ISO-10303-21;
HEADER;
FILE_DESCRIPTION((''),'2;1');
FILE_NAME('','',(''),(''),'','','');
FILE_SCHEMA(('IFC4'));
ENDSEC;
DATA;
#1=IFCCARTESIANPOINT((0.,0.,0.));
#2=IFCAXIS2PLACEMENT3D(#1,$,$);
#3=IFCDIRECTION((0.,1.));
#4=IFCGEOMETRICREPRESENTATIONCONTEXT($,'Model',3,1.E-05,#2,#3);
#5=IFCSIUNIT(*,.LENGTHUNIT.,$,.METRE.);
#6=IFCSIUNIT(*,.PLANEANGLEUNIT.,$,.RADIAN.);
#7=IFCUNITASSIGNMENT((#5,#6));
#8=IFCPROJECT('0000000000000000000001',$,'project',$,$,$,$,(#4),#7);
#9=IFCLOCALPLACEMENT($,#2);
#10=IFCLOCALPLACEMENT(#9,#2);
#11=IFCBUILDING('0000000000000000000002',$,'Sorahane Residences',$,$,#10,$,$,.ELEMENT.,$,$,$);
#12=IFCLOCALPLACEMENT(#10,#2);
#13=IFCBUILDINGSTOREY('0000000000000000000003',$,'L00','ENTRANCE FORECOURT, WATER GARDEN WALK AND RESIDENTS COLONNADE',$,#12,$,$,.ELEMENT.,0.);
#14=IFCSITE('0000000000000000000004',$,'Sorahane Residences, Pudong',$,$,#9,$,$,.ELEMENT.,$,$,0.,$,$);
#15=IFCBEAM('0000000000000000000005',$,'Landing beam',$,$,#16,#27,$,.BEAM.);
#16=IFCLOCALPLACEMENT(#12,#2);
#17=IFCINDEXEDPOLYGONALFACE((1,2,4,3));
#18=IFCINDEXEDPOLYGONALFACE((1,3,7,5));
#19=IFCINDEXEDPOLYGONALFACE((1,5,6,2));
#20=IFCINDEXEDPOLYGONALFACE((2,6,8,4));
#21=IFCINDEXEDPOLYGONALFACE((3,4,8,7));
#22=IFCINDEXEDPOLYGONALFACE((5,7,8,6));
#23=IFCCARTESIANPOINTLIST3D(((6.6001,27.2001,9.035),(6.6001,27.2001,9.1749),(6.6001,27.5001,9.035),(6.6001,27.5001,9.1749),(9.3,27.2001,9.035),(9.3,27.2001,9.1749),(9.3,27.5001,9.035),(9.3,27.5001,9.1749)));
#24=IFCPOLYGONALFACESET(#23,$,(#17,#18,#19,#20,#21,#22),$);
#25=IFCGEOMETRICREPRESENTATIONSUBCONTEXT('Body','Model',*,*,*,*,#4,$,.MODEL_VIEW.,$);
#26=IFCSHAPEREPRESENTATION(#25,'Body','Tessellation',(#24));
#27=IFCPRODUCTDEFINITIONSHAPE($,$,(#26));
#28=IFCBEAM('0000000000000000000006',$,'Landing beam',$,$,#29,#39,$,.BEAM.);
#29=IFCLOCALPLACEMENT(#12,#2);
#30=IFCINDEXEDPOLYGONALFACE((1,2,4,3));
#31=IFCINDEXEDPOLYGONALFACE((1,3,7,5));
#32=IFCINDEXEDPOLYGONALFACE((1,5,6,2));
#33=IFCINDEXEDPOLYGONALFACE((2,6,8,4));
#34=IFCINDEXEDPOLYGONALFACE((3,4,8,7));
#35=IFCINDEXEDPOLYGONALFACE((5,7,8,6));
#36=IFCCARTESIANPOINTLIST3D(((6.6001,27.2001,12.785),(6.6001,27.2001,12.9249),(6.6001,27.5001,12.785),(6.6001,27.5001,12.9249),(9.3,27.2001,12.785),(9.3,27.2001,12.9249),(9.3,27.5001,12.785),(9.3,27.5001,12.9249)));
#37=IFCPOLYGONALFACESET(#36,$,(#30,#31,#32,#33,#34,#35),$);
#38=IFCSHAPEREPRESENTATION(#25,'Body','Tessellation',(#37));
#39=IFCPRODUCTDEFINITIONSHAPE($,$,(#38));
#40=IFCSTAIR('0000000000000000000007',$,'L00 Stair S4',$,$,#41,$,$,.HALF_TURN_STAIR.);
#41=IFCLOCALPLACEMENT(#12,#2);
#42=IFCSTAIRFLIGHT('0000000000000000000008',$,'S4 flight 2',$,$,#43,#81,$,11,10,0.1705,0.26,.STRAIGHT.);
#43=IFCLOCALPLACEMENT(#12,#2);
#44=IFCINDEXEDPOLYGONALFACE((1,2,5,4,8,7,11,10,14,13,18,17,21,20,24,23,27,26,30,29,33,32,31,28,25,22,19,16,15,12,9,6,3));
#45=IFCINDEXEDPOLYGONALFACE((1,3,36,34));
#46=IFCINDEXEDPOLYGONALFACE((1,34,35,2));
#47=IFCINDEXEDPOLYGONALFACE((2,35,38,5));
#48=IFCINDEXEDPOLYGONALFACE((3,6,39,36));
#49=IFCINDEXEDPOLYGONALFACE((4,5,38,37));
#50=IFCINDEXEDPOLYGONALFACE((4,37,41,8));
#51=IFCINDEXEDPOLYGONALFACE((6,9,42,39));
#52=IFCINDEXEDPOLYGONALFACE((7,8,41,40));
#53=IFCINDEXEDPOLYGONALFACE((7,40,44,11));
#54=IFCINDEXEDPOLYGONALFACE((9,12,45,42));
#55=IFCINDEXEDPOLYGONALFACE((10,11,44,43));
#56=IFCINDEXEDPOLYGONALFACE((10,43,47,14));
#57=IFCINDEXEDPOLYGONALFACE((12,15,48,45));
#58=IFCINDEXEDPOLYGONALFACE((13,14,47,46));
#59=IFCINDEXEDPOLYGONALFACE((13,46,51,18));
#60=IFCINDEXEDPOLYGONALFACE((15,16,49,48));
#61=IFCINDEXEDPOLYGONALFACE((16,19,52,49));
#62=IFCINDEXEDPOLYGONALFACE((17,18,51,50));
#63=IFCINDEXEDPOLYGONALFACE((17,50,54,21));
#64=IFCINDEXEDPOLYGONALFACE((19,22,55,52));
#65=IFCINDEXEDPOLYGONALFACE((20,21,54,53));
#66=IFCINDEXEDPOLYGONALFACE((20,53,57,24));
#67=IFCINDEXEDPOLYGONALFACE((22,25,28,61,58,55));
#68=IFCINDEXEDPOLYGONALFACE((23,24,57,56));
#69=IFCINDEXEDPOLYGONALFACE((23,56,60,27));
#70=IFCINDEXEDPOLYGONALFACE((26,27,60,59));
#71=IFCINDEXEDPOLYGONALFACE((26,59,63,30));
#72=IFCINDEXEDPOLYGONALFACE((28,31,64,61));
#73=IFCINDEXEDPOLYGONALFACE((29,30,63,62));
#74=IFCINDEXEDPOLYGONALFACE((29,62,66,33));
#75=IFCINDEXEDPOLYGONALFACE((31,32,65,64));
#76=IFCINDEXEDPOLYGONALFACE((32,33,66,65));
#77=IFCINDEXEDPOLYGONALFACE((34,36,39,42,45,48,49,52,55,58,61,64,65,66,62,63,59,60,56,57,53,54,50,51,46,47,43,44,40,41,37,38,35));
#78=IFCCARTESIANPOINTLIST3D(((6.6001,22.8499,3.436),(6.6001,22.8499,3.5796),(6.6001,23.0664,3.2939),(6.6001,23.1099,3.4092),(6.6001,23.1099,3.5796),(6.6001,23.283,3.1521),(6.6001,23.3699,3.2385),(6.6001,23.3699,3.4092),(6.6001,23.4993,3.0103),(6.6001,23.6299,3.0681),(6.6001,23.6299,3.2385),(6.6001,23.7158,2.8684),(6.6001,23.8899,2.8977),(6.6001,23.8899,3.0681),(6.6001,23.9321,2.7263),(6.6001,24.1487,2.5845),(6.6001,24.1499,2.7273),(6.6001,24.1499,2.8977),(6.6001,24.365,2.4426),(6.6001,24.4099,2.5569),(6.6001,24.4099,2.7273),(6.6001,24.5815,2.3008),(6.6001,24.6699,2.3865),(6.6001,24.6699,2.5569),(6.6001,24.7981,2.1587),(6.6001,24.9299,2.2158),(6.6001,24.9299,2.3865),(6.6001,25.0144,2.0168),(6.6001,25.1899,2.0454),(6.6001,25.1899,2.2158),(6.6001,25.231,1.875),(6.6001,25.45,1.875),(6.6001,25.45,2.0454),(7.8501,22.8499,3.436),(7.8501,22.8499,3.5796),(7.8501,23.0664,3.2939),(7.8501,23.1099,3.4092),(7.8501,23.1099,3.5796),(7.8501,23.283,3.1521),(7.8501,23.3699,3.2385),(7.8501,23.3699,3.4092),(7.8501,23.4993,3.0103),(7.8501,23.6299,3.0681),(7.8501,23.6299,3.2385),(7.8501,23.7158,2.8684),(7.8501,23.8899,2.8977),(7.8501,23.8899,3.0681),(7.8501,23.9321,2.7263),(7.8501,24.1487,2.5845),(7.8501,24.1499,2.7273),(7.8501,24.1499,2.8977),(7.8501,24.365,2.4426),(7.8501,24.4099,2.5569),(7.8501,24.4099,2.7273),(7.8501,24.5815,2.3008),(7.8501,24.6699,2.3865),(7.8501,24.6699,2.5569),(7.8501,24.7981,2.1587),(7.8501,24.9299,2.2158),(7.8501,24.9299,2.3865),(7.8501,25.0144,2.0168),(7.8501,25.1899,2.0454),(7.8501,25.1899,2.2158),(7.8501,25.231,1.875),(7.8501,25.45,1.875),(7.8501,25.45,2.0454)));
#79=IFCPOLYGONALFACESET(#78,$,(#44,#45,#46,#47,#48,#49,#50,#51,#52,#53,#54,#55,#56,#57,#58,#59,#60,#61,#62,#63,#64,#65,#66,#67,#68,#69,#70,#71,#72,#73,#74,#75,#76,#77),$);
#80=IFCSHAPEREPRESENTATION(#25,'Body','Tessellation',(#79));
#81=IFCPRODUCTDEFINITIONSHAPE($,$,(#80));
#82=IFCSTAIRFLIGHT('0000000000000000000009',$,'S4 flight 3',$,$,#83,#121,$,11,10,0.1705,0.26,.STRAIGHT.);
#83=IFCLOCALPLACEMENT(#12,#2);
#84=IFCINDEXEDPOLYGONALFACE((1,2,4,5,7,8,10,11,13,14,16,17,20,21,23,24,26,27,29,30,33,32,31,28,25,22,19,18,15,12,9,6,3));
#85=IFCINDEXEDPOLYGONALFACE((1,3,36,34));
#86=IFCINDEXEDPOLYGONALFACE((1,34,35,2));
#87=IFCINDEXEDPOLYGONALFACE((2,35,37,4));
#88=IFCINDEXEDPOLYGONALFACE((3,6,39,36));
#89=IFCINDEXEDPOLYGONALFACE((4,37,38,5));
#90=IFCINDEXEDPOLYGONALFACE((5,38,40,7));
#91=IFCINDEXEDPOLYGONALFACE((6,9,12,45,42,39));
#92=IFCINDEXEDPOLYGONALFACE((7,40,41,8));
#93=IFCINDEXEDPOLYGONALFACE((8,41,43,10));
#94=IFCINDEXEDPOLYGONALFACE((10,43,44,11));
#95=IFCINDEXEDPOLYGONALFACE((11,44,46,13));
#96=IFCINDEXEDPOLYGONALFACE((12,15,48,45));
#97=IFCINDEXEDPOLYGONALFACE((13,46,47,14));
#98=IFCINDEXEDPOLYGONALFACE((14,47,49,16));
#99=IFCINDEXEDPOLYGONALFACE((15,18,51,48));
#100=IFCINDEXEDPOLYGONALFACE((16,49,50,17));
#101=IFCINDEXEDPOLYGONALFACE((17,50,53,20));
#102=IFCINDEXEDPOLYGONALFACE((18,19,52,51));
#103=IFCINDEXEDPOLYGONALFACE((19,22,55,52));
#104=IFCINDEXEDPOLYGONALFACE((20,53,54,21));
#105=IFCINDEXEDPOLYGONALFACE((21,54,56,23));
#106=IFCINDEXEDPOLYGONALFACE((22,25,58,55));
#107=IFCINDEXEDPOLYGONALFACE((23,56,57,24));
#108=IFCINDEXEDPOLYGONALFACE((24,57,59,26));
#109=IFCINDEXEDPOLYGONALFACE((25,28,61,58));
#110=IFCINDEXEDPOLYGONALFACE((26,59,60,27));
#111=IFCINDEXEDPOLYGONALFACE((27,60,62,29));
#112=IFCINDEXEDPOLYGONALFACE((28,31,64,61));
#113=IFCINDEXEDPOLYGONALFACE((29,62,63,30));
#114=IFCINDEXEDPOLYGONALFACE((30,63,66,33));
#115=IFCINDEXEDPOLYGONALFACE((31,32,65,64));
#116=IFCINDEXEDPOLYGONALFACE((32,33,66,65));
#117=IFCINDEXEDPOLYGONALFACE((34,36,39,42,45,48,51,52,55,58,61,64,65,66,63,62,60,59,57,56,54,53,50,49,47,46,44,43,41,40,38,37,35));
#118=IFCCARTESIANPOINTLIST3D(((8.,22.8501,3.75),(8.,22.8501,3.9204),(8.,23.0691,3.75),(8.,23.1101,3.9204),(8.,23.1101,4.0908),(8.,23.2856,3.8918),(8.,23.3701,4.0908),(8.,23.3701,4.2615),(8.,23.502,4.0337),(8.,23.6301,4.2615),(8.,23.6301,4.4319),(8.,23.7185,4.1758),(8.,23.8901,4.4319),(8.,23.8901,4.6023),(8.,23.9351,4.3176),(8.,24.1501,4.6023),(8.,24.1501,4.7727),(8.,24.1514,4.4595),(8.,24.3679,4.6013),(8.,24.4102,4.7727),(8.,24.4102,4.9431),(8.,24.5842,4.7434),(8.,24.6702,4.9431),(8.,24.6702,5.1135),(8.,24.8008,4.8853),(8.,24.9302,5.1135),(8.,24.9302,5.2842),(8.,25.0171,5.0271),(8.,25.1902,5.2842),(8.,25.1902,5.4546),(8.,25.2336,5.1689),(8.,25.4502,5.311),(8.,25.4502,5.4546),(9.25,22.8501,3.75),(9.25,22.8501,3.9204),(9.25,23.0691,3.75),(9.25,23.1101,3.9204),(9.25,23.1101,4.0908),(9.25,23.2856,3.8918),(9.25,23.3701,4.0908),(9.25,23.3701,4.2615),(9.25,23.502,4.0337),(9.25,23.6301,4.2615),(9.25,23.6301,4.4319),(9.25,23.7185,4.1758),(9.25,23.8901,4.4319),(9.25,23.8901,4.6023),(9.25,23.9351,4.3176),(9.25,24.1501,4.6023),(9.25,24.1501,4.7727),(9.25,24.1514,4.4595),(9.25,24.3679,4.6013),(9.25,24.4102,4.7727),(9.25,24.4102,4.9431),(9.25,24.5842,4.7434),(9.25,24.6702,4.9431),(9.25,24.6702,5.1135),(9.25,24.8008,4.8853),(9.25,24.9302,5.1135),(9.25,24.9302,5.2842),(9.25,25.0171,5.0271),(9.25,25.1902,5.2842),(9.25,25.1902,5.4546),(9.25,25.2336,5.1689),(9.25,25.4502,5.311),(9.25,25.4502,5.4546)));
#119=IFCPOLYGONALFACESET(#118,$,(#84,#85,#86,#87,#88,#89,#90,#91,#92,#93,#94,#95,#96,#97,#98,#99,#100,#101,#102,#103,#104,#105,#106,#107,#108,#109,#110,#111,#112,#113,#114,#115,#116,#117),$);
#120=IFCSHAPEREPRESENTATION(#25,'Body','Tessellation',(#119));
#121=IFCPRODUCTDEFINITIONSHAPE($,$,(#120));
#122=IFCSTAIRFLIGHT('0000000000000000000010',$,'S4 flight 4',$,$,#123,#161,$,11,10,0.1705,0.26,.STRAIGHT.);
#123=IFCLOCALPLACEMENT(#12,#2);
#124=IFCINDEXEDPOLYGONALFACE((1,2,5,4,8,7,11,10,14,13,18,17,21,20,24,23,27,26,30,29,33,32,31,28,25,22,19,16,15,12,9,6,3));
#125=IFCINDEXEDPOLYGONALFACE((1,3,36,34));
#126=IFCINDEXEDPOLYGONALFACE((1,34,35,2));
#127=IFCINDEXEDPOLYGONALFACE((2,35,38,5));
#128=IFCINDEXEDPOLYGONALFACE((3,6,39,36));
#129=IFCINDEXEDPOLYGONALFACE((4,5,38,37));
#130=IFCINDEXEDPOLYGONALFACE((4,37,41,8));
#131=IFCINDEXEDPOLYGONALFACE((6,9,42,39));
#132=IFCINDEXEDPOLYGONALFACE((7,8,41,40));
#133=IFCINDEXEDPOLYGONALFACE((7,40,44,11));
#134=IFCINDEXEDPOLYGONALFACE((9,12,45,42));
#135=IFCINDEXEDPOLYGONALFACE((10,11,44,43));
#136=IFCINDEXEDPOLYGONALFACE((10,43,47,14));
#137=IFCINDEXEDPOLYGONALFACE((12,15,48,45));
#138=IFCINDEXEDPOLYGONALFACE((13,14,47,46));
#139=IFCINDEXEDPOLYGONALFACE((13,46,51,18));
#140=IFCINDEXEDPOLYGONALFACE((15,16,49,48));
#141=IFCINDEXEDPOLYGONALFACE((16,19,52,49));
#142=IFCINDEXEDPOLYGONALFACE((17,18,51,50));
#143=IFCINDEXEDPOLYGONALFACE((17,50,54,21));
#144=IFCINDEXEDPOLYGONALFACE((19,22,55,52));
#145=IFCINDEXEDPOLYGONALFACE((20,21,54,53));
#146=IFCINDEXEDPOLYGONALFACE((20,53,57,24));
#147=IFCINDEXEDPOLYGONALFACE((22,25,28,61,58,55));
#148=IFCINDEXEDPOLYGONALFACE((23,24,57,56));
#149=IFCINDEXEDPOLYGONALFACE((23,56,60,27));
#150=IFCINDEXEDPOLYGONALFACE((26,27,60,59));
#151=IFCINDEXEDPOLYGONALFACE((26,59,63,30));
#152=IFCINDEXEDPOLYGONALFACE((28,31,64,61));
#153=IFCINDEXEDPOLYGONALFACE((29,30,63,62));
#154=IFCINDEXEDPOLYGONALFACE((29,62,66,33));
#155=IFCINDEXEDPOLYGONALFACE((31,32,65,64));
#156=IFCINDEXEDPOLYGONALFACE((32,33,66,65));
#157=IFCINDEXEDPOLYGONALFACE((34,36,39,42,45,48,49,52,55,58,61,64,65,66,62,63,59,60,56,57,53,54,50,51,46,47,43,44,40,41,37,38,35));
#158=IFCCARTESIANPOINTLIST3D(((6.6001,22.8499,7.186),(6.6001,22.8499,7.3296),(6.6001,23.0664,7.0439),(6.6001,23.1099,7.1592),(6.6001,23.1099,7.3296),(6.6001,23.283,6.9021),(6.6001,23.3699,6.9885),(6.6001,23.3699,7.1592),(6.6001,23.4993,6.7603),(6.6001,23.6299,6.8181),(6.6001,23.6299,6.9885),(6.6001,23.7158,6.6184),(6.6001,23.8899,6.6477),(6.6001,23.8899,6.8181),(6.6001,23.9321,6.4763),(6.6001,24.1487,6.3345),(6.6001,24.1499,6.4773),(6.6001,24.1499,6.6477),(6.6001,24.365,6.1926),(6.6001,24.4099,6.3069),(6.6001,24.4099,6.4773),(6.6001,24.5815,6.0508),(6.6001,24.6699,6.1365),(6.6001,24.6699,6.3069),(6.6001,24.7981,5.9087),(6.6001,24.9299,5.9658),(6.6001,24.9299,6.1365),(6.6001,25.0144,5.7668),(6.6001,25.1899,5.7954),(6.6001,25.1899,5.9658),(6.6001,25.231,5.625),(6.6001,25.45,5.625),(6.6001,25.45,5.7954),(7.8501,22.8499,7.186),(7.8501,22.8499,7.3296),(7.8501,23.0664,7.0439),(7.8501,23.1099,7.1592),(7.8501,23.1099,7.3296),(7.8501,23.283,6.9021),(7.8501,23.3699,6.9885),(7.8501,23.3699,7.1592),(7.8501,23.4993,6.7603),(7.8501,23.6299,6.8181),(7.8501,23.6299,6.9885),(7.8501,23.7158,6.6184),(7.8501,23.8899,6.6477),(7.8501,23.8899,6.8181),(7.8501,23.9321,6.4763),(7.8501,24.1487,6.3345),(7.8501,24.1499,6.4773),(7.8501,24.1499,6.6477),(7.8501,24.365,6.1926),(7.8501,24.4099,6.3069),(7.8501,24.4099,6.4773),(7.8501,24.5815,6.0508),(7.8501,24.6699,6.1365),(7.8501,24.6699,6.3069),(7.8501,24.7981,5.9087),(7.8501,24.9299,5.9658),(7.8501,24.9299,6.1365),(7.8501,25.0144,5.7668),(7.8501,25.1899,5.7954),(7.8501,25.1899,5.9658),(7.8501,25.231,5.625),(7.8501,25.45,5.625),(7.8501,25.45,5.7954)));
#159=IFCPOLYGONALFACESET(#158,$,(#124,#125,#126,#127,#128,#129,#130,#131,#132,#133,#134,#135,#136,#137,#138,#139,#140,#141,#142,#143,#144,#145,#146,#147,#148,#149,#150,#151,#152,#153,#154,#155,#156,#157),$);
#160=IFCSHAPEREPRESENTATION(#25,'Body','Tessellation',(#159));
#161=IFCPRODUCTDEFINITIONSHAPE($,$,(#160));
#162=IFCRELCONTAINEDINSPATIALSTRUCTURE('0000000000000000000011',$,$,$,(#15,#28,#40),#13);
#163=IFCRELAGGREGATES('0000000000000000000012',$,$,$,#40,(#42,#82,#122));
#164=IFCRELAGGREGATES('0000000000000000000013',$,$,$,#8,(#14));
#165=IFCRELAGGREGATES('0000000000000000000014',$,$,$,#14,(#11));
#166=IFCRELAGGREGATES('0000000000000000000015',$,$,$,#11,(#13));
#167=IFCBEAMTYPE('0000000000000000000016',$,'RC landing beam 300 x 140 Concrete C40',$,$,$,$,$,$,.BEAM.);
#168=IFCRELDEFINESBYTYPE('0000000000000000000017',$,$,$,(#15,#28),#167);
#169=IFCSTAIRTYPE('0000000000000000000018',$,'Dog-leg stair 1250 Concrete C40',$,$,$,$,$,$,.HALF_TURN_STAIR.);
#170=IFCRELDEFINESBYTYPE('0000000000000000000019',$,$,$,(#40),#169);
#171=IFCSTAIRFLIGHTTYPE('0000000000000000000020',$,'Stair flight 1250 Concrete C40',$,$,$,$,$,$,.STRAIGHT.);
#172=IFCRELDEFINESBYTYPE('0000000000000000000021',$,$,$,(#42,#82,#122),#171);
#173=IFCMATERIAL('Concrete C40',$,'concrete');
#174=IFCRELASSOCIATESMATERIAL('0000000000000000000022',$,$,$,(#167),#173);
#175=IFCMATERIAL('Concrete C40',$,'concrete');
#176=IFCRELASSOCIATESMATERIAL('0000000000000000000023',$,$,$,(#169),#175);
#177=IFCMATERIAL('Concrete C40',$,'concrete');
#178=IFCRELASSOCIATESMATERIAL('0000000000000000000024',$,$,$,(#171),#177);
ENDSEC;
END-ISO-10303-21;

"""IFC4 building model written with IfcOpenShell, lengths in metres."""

from ifc_helpers import new_model, si_unit, direction, frame, origin, origin_2d, place, context, subcontext, project, spatial, polyline, rectangle, outline, extrude, material, material_profile, profile_set, type_object, element, aggregate, save


model = new_model("IFC4")

# Units and contexts
model_context = context("Model", 3, precision=1e-05, world=origin(), true_north=direction((0.0, 1.0)))
body_context = subcontext(model_context, "Body", "Model", "MODEL_VIEW")
ifc_project = project(units=[si_unit("LENGTHUNIT", "METRE"), si_unit("PLANEANGLEUNIT", "RADIAN")], contexts=[model_context])

# Site, building, storey
site_placement = place(None, origin())
site = spatial("IfcSite", under=ifc_project, at=site_placement, Name="Sorahane Residences, Pudong", CompositionType="ELEMENT", RefElevation=0.0)
building_placement = place(site_placement, origin())
building = spatial("IfcBuilding", under=site, at=building_placement, Name="Sorahane Residences", CompositionType="ELEMENT")
storey_placement = place(building_placement, origin())
storey = spatial("IfcBuildingStorey", under=building, at=storey_placement, Name="L00", Description="ENTRANCE FORECOURT, WATER GARDEN WALK AND RESIDENTS COLONNADE", CompositionType="ELEMENT", Elevation=0.0)

# Beams
ifc_material_1 = material(Name="Concrete C40", Category="concrete")
ifc_material_profile = material_profile(ifc_material_1, rectangle(XDim=0.3, YDim=0.1399, at=origin_2d()), Name="300x140")
ifc_profile_set = profile_set([ifc_material_profile], Name="Concrete C40")
beam_type = type_object("IfcBeamType", Name="RC landing beam 300 x 140 Concrete C40", PredefinedType="BEAM", material=ifc_profile_set)
for number, where, z_axis, x_axis, name in (
    (1, (6.6001, 27.3501, 9.105), (1.0, 0.0, 0.0), (0.0, 1.0, 0.0), "Landing beam"),
    (2, (6.6001, 27.3501, 12.855), (1.0, 0.0, 0.0), (0.0, 1.0, 0.0), "Landing beam"),
):
    element("IfcBeam", number, at=place(storey_placement, frame(where, z_axis=z_axis, x_axis=x_axis)), inside=storey, type_object=beam_type, Name=name, PredefinedType="BEAM", context=body_context, shape_type="SweptSolid", body=[
        extrude(rectangle(XDim=0.3, YDim=0.1399, at=origin_2d()), origin(), (0.0, 0.0, 1.0), 2.7),
    ])

# Stair, stair flights
ifc_material_2 = material(Name="Concrete C40", Category="concrete")
stair_type = type_object("IfcStairType", Name="Dog-leg stair 1250 Concrete C40", PredefinedType="HALF_TURN_STAIR", material=ifc_material_2)
stair_placement = place(storey_placement, origin())
stair = element("IfcStair", 3, at=stair_placement, inside=storey, type_object=stair_type, Name="L00 Stair S4", PredefinedType="HALF_TURN_STAIR")
ifc_material_3 = material(Name="Concrete C40", Category="concrete")
stair_flight_type = type_object("IfcStairFlightType", Name="Stair flight 1250 Concrete C40", PredefinedType="STRAIGHT", material=ifc_material_3)
stair_flight_1_placement = place(storey_placement, frame((7.2251, 25.45, 1.875), z_axis=(0.0, 0.0, 1.0), x_axis=(0.0, -1.0, 0.0)))
stair_flight_1 = element("IfcStairFlight", 4, at=stair_flight_1_placement, type_object=stair_flight_type, Name="S4 flight 2", NumberOfRisers=11, NumberOfTreads=10, PredefinedType="STRAIGHT", RiserHeight=0.1705, TreadLength=0.26, context=body_context, shape_type="SweptSolid", body=[
    extrude(outline(polyline([(0.0, 0.0), (0.0, 0.1704), (0.26, 0.1704), (0.26, 0.3408), (0.52, 0.3408), (0.52, 0.5115), (0.78, 0.5115), (0.78, 0.6819), (1.04, 0.6819), (1.04, 0.8523), (1.3, 0.8523), (1.3, 1.0227), (1.5601, 1.0227), (1.5601, 1.1931), (1.8201, 1.1931), (1.8201, 1.3635), (2.0801, 1.3635), (2.0801, 1.5342), (2.3401, 1.5342), (2.3401, 1.7046), (2.6001, 1.7046), (2.6001, 1.875), (2.6001, 1.561), (2.3835, 1.4189), (2.167, 1.2771), (1.9507, 1.1353), (1.7341, 0.9934), (1.5178, 0.8513), (1.3013, 0.7095), (1.085, 0.5676), (0.8684, 0.4258), (0.6519, 0.2837), (0.4355, 0.1418), (0.219, 0.0), (0.0, 0.0)])), frame((0.0, 0.625, 0.0), z_axis=(0.0, -1.0, 0.0), x_axis=(1.0, 0.0, 0.0)), (0.0, 0.0, 1.0), 1.25),
])
stair_flight_2_placement = place(storey_placement, frame((8.625, 22.8501, 3.75), z_axis=(0.0, 0.0, 1.0), x_axis=(0.0, 1.0, 0.0)))
stair_flight_2 = element("IfcStairFlight", 5, at=stair_flight_2_placement, type_object=stair_flight_type, Name="S4 flight 3", NumberOfRisers=11, NumberOfTreads=10, PredefinedType="STRAIGHT", RiserHeight=0.1705, TreadLength=0.26, context=body_context, shape_type="SweptSolid", body=[
    extrude(outline(polyline([(0.0, 0.0), (0.0, 0.1704), (0.26, 0.1704), (0.26, 0.3408), (0.52, 0.3408), (0.52, 0.5115), (0.78, 0.5115), (0.78, 0.6819), (1.04, 0.6819), (1.04, 0.8523), (1.3, 0.8523), (1.3, 1.0227), (1.5601, 1.0227), (1.5601, 1.1931), (1.8201, 1.1931), (1.8201, 1.3635), (2.0801, 1.3635), (2.0801, 1.5342), (2.3401, 1.5342), (2.3401, 1.7046), (2.6001, 1.7046), (2.6001, 1.875), (2.6001, 1.561), (2.3835, 1.4189), (2.167, 1.2771), (1.9507, 1.1353), (1.7341, 0.9934), (1.5178, 0.8513), (1.3013, 0.7095), (1.085, 0.5676), (0.8684, 0.4258), (0.6519, 0.2837), (0.4355, 0.1418), (0.219, 0.0), (0.0, 0.0)])), frame((0.0, 0.625, 0.0), z_axis=(0.0, -1.0, 0.0), x_axis=(1.0, 0.0, 0.0)), (0.0, 0.0, 1.0), 1.25),
])
stair_flight_3_placement = place(storey_placement, frame((7.2251, 25.45, 5.625), z_axis=(0.0, 0.0, 1.0), x_axis=(0.0, -1.0, 0.0)))
stair_flight_3 = element("IfcStairFlight", 6, at=stair_flight_3_placement, type_object=stair_flight_type, Name="S4 flight 4", NumberOfRisers=11, NumberOfTreads=10, PredefinedType="STRAIGHT", RiserHeight=0.1705, TreadLength=0.26, context=body_context, shape_type="SweptSolid", body=[
    extrude(outline(polyline([(0.0, 0.0), (0.0, 0.1704), (0.26, 0.1704), (0.26, 0.3408), (0.52, 0.3408), (0.52, 0.5115), (0.78, 0.5115), (0.78, 0.6819), (1.04, 0.6819), (1.04, 0.8523), (1.3, 0.8523), (1.3, 1.0227), (1.5601, 1.0227), (1.5601, 1.1931), (1.8201, 1.1931), (1.8201, 1.3635), (2.0801, 1.3635), (2.0801, 1.5342), (2.3401, 1.5342), (2.3401, 1.7046), (2.6001, 1.7046), (2.6001, 1.875), (2.6001, 1.561), (2.3835, 1.4189), (2.167, 1.2771), (1.9507, 1.1353), (1.7341, 0.9934), (1.5178, 0.8513), (1.3013, 0.7095), (1.085, 0.5676), (0.8684, 0.4258), (0.6519, 0.2837), (0.4355, 0.1418), (0.219, 0.0), (0.0, 0.0)])), frame((0.0, 0.625, 0.0), z_axis=(0.0, -1.0, 0.0), x_axis=(1.0, 0.0, 0.0)), (0.0, 0.0, 1.0), 1.25),
])
aggregate(stair, [stair_flight_1, stair_flight_2, stair_flight_3])

save(model, "model.ifc")
